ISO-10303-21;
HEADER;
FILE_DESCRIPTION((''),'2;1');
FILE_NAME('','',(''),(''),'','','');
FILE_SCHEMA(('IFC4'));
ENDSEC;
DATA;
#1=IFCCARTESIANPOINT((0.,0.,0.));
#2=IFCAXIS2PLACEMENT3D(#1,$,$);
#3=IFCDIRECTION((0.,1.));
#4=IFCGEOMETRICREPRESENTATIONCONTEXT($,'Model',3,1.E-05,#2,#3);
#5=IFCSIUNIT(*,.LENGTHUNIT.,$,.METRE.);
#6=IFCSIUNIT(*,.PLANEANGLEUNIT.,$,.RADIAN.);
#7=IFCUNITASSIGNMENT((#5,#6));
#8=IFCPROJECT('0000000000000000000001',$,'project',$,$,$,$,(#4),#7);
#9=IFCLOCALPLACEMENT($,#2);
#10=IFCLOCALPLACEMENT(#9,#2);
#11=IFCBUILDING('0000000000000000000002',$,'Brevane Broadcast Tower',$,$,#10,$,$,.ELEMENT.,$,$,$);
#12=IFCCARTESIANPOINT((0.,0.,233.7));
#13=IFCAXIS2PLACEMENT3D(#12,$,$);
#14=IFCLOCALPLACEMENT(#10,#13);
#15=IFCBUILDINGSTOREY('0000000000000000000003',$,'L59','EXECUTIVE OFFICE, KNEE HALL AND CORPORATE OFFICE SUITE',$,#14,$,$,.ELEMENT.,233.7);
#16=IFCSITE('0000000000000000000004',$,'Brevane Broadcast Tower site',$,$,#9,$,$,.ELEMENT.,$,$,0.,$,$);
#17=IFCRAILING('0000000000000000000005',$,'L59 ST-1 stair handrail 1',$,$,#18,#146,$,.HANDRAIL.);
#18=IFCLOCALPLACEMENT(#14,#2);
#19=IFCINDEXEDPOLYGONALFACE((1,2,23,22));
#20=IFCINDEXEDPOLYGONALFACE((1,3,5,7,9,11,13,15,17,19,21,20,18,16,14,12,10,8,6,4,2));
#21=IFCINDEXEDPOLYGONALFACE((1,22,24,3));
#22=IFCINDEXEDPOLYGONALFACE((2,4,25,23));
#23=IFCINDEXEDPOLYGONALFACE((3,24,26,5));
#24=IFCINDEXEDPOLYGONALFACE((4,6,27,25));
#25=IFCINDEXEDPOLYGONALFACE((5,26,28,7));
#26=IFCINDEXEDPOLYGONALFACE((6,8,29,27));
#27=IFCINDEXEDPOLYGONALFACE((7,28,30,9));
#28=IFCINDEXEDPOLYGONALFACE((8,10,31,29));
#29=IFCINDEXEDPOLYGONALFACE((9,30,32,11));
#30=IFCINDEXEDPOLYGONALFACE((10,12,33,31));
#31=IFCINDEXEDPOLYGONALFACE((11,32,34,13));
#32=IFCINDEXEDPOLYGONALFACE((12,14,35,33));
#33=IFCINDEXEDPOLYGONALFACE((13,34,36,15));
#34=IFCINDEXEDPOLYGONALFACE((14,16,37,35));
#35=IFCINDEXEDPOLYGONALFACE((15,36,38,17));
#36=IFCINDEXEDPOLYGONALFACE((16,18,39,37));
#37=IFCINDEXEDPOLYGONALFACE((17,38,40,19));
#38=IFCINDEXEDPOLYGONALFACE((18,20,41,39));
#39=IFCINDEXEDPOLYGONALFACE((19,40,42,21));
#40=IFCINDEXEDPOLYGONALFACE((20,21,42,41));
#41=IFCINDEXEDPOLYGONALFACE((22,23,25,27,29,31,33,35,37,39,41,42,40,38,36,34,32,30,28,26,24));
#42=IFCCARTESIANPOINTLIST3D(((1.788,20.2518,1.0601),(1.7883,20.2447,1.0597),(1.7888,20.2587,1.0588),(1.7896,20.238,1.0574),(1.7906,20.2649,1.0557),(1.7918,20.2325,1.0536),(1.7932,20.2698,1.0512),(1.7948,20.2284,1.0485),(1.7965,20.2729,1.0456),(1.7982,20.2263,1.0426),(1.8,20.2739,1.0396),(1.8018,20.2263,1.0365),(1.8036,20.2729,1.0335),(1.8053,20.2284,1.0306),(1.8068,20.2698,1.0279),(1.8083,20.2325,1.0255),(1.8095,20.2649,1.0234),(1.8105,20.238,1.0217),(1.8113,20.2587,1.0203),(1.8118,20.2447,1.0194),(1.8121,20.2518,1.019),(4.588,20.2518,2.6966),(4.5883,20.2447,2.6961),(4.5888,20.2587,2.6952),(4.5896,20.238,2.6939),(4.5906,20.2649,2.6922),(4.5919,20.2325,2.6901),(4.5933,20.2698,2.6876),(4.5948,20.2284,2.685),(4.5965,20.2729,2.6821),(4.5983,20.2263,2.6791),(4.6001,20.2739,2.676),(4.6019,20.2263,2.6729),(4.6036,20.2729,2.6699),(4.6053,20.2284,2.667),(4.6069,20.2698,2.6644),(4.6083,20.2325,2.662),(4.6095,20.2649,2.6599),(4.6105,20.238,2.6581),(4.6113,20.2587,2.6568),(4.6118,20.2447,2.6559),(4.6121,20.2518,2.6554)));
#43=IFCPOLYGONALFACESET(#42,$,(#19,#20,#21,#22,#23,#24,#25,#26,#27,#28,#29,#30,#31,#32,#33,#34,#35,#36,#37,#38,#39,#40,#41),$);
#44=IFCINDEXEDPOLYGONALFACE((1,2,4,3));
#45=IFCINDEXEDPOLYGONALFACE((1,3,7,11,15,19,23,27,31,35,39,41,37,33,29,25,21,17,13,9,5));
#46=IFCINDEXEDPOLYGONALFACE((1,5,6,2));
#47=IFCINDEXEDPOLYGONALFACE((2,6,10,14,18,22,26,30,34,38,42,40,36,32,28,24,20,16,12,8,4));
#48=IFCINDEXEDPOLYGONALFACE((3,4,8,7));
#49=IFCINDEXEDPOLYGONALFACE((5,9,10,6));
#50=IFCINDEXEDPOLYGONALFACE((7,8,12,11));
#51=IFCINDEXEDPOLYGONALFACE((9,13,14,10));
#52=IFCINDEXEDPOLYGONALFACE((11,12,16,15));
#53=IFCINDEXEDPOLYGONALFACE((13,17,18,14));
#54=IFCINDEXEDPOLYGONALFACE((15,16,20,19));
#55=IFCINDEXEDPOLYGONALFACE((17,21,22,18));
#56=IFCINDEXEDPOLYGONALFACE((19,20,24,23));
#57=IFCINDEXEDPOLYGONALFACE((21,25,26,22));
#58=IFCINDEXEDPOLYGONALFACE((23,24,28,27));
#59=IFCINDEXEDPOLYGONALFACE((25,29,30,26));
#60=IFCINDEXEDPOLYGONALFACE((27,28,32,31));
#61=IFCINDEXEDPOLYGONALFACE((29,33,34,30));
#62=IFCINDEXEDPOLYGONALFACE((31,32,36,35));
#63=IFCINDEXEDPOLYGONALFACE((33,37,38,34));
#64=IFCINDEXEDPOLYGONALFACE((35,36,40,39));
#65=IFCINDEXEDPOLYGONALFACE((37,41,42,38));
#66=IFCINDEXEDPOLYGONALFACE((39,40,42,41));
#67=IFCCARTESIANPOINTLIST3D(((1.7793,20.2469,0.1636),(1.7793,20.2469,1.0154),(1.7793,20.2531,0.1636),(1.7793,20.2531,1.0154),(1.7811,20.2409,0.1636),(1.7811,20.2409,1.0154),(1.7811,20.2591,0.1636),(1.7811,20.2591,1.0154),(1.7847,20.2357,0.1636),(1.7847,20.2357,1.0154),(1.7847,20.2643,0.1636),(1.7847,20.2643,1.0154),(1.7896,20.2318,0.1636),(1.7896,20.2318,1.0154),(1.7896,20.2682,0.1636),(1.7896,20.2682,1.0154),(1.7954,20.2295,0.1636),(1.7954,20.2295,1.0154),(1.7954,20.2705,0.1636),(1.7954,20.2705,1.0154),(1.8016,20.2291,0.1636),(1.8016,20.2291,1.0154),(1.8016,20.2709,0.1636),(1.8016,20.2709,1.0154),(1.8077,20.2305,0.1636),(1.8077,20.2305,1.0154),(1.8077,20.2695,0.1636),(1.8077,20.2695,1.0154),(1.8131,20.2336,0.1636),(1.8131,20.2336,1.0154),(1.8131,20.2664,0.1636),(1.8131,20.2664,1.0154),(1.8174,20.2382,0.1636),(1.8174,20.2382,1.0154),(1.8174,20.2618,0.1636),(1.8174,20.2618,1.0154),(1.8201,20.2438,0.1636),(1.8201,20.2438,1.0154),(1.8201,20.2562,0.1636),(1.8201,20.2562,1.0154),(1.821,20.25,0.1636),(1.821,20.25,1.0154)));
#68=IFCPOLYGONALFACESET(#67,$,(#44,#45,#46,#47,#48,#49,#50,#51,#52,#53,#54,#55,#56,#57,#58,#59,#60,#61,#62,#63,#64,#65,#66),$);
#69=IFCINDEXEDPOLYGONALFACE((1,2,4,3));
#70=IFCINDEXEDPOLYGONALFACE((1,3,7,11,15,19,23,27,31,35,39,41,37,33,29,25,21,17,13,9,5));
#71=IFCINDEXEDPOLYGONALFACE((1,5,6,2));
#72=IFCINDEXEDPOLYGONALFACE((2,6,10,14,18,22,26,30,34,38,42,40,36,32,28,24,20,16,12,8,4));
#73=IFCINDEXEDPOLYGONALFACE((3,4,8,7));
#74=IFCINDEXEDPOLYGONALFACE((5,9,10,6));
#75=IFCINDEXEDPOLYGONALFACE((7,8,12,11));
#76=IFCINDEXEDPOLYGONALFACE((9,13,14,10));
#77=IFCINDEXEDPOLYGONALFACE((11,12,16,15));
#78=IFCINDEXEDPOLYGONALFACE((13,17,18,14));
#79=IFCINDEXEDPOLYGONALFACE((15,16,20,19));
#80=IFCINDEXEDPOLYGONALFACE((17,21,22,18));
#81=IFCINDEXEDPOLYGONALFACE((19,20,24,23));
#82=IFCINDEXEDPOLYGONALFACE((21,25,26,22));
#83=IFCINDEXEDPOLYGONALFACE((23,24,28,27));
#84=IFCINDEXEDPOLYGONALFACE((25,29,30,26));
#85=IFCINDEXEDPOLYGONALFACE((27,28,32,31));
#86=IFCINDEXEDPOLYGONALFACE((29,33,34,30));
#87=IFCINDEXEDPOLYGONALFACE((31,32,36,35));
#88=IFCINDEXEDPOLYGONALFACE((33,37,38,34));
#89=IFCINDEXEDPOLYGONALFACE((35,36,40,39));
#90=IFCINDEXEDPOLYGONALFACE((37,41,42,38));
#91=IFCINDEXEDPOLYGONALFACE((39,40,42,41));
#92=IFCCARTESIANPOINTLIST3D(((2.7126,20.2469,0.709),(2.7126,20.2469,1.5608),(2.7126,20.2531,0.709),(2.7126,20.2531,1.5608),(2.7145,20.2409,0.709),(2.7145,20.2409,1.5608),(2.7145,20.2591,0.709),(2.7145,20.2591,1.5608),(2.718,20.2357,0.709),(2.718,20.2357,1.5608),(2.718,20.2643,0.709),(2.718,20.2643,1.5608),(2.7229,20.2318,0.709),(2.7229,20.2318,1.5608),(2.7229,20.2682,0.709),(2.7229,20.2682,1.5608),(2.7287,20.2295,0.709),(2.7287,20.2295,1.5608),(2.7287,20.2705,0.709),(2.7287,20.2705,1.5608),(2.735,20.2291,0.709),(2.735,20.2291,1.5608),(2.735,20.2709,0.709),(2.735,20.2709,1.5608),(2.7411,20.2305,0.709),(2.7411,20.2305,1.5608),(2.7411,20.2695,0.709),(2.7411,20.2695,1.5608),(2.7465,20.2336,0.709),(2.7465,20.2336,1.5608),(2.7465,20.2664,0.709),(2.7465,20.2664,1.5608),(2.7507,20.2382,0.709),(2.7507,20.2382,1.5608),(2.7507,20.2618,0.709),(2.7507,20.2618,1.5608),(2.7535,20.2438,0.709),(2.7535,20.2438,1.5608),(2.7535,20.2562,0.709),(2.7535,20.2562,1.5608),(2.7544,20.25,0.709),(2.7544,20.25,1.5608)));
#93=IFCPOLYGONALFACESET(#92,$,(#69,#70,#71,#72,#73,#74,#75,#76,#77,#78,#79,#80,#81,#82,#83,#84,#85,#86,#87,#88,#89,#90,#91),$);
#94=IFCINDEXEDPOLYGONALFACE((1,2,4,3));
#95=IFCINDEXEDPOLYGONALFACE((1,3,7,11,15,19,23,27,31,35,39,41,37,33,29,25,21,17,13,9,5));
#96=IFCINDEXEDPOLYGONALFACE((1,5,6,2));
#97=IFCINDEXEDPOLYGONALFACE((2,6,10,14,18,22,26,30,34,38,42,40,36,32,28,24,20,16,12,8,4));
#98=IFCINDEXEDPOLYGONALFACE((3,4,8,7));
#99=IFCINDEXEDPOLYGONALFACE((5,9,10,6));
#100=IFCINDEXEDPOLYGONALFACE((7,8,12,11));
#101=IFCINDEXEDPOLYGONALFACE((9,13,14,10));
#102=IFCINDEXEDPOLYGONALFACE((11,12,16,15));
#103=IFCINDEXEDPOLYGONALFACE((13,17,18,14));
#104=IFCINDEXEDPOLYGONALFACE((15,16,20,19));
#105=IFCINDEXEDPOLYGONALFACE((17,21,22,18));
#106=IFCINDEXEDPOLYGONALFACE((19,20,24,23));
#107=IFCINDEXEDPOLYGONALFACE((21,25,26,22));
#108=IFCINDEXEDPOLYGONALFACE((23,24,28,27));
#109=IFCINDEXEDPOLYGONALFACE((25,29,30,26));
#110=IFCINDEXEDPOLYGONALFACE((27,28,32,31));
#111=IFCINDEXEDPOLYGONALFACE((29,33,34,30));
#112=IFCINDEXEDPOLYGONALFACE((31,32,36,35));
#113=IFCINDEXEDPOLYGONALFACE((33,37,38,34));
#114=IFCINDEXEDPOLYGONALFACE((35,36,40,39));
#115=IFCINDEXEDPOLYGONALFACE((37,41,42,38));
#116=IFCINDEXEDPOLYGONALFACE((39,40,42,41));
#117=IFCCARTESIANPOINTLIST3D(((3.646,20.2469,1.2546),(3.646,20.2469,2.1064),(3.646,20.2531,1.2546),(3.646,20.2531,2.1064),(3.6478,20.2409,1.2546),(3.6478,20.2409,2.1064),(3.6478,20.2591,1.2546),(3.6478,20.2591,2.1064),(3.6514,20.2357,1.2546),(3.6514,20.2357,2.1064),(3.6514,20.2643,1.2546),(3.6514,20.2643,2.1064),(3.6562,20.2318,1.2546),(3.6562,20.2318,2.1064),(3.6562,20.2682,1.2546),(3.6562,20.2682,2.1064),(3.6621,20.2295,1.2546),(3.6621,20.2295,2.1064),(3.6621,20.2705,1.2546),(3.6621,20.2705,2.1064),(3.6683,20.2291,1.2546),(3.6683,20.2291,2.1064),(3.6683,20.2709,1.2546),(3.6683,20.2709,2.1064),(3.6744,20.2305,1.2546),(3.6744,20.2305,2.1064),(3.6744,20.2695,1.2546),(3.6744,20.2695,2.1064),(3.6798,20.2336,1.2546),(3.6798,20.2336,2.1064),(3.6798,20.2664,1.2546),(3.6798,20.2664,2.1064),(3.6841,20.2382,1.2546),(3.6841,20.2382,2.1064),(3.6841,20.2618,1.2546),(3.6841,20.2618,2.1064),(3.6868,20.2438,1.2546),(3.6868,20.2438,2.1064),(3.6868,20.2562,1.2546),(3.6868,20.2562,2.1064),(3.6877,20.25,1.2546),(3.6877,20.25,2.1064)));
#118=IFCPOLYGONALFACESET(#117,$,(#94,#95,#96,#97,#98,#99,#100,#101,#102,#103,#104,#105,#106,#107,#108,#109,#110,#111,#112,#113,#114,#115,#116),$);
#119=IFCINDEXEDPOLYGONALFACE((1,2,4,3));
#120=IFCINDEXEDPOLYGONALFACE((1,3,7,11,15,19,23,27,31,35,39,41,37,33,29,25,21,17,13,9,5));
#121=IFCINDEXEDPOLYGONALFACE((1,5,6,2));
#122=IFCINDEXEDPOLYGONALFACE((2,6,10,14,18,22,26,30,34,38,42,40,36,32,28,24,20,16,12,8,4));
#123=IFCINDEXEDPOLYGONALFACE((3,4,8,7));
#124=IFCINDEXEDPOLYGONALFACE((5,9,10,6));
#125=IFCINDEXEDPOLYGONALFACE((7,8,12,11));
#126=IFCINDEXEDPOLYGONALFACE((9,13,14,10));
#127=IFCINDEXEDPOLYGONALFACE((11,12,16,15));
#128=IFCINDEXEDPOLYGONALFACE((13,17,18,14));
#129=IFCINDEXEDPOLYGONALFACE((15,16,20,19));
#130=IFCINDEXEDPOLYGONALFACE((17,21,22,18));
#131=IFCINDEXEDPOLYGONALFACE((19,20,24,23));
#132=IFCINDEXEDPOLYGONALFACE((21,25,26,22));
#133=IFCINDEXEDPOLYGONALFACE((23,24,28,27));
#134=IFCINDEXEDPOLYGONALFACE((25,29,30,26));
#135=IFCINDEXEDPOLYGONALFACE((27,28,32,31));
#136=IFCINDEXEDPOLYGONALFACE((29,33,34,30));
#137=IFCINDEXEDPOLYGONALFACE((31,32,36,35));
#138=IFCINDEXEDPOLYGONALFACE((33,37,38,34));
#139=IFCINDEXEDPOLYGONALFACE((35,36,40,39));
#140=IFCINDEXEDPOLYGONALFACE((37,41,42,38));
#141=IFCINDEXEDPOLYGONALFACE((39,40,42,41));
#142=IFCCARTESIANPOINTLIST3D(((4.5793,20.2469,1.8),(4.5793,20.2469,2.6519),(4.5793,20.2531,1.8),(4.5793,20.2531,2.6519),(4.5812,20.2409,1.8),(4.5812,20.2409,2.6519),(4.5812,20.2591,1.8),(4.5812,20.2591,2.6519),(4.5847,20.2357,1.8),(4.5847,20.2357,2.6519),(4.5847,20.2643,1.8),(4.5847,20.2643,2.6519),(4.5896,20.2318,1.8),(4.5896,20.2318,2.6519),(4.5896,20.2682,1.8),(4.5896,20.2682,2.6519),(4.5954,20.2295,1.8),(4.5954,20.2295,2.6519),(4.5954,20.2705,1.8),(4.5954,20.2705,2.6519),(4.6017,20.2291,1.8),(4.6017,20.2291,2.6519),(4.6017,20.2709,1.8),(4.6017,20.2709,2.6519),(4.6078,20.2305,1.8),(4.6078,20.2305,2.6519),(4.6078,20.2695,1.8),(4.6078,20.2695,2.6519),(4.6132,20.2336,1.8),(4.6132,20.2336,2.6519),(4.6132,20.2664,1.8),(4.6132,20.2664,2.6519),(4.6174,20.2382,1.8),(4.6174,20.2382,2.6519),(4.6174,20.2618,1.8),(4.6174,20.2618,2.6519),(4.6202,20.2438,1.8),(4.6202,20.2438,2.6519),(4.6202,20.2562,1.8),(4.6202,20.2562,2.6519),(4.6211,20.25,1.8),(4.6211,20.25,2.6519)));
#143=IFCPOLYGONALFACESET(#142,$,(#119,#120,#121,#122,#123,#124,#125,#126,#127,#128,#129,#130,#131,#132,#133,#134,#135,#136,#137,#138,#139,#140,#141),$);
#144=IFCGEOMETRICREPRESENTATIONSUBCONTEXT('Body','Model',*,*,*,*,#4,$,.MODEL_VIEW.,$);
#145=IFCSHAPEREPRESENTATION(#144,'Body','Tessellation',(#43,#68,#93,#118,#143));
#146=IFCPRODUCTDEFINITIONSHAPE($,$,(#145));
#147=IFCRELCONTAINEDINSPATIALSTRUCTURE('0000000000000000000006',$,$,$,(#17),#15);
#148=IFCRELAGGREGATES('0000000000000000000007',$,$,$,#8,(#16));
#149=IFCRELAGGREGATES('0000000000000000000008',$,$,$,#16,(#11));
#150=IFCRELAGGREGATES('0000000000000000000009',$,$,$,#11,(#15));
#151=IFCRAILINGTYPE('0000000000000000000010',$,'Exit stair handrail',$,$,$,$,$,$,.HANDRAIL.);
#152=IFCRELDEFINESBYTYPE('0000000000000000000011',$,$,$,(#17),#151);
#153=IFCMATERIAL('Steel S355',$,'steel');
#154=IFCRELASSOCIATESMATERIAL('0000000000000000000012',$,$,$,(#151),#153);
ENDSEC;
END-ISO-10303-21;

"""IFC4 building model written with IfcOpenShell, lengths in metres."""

from ifc_helpers import new_model, si_unit, direction, frame, origin, origin_2d, place, context, subcontext, project, spatial, circle, extrude, material, type_object, element, save


model = new_model("IFC4")

# Units and contexts
model_context = context("Model", 3, precision=1e-05, world=origin(), true_north=direction((0.0, 1.0)))
body_context = subcontext(model_context, "Body", "Model", "MODEL_VIEW")
ifc_project = project(units=[si_unit("LENGTHUNIT", "METRE"), si_unit("PLANEANGLEUNIT", "RADIAN")], contexts=[model_context])

# Site, building, storey
site_placement = place(None, origin())
site = spatial("IfcSite", under=ifc_project, at=site_placement, Name="Brevane Broadcast Tower site", CompositionType="ELEMENT", RefElevation=0.0)
building_placement = place(site_placement, origin())
building = spatial("IfcBuilding", under=site, at=building_placement, Name="Brevane Broadcast Tower", CompositionType="ELEMENT")
storey_placement = place(building_placement, frame((0.0, 0.0, 233.7)))
storey = spatial("IfcBuildingStorey", under=building, at=storey_placement, Name="L59", Description="EXECUTIVE OFFICE, KNEE HALL AND CORPORATE OFFICE SUITE", CompositionType="ELEMENT", Elevation=233.7)

# Railing
ifc_material_1 = material(Name="Steel S355", Category="steel")
railing_type_1 = type_object("IfcRailingType", Name="Exit stair handrail", PredefinedType="HANDRAIL", material=ifc_material_1)
railing_1_placement = place(storey_placement, frame((1.8, 20.25, 0.1636)))
element("IfcRailing", 1, at=railing_1_placement, inside=storey, type_object=railing_type_1, Name="L59 ST-1 stair handrail 1", PredefinedType="HANDRAIL", context=body_context, shape_type="SweptSolid", body=[
    extrude(circle(Radius=0.0239, at=origin_2d()), frame((0.0, 0.0, 0.876), z_axis=(0.863361, 0.0, 0.504587), x_axis=(0.0, 1.0, 0.0)), (0.0, 0.0, 1.0), 3.2432),
    extrude(circle(Radius=0.021, at=origin_2d()), origin(), (0.0, 0.0, 1.0), 0.8518),
    extrude(circle(Radius=0.021, at=origin_2d()), frame((0.9333, 0.0, 0.5454)), (0.0, 0.0, 1.0), 0.8518),
    extrude(circle(Radius=0.021, at=origin_2d()), frame((1.8667, 0.0, 1.0911)), (0.0, 0.0, 1.0), 0.8518),
    extrude(circle(Radius=0.021, at=origin_2d()), frame((2.8, 0.0, 1.6365)), (0.0, 0.0, 1.0), 0.8518),
])

save(model, "model.ifc")
